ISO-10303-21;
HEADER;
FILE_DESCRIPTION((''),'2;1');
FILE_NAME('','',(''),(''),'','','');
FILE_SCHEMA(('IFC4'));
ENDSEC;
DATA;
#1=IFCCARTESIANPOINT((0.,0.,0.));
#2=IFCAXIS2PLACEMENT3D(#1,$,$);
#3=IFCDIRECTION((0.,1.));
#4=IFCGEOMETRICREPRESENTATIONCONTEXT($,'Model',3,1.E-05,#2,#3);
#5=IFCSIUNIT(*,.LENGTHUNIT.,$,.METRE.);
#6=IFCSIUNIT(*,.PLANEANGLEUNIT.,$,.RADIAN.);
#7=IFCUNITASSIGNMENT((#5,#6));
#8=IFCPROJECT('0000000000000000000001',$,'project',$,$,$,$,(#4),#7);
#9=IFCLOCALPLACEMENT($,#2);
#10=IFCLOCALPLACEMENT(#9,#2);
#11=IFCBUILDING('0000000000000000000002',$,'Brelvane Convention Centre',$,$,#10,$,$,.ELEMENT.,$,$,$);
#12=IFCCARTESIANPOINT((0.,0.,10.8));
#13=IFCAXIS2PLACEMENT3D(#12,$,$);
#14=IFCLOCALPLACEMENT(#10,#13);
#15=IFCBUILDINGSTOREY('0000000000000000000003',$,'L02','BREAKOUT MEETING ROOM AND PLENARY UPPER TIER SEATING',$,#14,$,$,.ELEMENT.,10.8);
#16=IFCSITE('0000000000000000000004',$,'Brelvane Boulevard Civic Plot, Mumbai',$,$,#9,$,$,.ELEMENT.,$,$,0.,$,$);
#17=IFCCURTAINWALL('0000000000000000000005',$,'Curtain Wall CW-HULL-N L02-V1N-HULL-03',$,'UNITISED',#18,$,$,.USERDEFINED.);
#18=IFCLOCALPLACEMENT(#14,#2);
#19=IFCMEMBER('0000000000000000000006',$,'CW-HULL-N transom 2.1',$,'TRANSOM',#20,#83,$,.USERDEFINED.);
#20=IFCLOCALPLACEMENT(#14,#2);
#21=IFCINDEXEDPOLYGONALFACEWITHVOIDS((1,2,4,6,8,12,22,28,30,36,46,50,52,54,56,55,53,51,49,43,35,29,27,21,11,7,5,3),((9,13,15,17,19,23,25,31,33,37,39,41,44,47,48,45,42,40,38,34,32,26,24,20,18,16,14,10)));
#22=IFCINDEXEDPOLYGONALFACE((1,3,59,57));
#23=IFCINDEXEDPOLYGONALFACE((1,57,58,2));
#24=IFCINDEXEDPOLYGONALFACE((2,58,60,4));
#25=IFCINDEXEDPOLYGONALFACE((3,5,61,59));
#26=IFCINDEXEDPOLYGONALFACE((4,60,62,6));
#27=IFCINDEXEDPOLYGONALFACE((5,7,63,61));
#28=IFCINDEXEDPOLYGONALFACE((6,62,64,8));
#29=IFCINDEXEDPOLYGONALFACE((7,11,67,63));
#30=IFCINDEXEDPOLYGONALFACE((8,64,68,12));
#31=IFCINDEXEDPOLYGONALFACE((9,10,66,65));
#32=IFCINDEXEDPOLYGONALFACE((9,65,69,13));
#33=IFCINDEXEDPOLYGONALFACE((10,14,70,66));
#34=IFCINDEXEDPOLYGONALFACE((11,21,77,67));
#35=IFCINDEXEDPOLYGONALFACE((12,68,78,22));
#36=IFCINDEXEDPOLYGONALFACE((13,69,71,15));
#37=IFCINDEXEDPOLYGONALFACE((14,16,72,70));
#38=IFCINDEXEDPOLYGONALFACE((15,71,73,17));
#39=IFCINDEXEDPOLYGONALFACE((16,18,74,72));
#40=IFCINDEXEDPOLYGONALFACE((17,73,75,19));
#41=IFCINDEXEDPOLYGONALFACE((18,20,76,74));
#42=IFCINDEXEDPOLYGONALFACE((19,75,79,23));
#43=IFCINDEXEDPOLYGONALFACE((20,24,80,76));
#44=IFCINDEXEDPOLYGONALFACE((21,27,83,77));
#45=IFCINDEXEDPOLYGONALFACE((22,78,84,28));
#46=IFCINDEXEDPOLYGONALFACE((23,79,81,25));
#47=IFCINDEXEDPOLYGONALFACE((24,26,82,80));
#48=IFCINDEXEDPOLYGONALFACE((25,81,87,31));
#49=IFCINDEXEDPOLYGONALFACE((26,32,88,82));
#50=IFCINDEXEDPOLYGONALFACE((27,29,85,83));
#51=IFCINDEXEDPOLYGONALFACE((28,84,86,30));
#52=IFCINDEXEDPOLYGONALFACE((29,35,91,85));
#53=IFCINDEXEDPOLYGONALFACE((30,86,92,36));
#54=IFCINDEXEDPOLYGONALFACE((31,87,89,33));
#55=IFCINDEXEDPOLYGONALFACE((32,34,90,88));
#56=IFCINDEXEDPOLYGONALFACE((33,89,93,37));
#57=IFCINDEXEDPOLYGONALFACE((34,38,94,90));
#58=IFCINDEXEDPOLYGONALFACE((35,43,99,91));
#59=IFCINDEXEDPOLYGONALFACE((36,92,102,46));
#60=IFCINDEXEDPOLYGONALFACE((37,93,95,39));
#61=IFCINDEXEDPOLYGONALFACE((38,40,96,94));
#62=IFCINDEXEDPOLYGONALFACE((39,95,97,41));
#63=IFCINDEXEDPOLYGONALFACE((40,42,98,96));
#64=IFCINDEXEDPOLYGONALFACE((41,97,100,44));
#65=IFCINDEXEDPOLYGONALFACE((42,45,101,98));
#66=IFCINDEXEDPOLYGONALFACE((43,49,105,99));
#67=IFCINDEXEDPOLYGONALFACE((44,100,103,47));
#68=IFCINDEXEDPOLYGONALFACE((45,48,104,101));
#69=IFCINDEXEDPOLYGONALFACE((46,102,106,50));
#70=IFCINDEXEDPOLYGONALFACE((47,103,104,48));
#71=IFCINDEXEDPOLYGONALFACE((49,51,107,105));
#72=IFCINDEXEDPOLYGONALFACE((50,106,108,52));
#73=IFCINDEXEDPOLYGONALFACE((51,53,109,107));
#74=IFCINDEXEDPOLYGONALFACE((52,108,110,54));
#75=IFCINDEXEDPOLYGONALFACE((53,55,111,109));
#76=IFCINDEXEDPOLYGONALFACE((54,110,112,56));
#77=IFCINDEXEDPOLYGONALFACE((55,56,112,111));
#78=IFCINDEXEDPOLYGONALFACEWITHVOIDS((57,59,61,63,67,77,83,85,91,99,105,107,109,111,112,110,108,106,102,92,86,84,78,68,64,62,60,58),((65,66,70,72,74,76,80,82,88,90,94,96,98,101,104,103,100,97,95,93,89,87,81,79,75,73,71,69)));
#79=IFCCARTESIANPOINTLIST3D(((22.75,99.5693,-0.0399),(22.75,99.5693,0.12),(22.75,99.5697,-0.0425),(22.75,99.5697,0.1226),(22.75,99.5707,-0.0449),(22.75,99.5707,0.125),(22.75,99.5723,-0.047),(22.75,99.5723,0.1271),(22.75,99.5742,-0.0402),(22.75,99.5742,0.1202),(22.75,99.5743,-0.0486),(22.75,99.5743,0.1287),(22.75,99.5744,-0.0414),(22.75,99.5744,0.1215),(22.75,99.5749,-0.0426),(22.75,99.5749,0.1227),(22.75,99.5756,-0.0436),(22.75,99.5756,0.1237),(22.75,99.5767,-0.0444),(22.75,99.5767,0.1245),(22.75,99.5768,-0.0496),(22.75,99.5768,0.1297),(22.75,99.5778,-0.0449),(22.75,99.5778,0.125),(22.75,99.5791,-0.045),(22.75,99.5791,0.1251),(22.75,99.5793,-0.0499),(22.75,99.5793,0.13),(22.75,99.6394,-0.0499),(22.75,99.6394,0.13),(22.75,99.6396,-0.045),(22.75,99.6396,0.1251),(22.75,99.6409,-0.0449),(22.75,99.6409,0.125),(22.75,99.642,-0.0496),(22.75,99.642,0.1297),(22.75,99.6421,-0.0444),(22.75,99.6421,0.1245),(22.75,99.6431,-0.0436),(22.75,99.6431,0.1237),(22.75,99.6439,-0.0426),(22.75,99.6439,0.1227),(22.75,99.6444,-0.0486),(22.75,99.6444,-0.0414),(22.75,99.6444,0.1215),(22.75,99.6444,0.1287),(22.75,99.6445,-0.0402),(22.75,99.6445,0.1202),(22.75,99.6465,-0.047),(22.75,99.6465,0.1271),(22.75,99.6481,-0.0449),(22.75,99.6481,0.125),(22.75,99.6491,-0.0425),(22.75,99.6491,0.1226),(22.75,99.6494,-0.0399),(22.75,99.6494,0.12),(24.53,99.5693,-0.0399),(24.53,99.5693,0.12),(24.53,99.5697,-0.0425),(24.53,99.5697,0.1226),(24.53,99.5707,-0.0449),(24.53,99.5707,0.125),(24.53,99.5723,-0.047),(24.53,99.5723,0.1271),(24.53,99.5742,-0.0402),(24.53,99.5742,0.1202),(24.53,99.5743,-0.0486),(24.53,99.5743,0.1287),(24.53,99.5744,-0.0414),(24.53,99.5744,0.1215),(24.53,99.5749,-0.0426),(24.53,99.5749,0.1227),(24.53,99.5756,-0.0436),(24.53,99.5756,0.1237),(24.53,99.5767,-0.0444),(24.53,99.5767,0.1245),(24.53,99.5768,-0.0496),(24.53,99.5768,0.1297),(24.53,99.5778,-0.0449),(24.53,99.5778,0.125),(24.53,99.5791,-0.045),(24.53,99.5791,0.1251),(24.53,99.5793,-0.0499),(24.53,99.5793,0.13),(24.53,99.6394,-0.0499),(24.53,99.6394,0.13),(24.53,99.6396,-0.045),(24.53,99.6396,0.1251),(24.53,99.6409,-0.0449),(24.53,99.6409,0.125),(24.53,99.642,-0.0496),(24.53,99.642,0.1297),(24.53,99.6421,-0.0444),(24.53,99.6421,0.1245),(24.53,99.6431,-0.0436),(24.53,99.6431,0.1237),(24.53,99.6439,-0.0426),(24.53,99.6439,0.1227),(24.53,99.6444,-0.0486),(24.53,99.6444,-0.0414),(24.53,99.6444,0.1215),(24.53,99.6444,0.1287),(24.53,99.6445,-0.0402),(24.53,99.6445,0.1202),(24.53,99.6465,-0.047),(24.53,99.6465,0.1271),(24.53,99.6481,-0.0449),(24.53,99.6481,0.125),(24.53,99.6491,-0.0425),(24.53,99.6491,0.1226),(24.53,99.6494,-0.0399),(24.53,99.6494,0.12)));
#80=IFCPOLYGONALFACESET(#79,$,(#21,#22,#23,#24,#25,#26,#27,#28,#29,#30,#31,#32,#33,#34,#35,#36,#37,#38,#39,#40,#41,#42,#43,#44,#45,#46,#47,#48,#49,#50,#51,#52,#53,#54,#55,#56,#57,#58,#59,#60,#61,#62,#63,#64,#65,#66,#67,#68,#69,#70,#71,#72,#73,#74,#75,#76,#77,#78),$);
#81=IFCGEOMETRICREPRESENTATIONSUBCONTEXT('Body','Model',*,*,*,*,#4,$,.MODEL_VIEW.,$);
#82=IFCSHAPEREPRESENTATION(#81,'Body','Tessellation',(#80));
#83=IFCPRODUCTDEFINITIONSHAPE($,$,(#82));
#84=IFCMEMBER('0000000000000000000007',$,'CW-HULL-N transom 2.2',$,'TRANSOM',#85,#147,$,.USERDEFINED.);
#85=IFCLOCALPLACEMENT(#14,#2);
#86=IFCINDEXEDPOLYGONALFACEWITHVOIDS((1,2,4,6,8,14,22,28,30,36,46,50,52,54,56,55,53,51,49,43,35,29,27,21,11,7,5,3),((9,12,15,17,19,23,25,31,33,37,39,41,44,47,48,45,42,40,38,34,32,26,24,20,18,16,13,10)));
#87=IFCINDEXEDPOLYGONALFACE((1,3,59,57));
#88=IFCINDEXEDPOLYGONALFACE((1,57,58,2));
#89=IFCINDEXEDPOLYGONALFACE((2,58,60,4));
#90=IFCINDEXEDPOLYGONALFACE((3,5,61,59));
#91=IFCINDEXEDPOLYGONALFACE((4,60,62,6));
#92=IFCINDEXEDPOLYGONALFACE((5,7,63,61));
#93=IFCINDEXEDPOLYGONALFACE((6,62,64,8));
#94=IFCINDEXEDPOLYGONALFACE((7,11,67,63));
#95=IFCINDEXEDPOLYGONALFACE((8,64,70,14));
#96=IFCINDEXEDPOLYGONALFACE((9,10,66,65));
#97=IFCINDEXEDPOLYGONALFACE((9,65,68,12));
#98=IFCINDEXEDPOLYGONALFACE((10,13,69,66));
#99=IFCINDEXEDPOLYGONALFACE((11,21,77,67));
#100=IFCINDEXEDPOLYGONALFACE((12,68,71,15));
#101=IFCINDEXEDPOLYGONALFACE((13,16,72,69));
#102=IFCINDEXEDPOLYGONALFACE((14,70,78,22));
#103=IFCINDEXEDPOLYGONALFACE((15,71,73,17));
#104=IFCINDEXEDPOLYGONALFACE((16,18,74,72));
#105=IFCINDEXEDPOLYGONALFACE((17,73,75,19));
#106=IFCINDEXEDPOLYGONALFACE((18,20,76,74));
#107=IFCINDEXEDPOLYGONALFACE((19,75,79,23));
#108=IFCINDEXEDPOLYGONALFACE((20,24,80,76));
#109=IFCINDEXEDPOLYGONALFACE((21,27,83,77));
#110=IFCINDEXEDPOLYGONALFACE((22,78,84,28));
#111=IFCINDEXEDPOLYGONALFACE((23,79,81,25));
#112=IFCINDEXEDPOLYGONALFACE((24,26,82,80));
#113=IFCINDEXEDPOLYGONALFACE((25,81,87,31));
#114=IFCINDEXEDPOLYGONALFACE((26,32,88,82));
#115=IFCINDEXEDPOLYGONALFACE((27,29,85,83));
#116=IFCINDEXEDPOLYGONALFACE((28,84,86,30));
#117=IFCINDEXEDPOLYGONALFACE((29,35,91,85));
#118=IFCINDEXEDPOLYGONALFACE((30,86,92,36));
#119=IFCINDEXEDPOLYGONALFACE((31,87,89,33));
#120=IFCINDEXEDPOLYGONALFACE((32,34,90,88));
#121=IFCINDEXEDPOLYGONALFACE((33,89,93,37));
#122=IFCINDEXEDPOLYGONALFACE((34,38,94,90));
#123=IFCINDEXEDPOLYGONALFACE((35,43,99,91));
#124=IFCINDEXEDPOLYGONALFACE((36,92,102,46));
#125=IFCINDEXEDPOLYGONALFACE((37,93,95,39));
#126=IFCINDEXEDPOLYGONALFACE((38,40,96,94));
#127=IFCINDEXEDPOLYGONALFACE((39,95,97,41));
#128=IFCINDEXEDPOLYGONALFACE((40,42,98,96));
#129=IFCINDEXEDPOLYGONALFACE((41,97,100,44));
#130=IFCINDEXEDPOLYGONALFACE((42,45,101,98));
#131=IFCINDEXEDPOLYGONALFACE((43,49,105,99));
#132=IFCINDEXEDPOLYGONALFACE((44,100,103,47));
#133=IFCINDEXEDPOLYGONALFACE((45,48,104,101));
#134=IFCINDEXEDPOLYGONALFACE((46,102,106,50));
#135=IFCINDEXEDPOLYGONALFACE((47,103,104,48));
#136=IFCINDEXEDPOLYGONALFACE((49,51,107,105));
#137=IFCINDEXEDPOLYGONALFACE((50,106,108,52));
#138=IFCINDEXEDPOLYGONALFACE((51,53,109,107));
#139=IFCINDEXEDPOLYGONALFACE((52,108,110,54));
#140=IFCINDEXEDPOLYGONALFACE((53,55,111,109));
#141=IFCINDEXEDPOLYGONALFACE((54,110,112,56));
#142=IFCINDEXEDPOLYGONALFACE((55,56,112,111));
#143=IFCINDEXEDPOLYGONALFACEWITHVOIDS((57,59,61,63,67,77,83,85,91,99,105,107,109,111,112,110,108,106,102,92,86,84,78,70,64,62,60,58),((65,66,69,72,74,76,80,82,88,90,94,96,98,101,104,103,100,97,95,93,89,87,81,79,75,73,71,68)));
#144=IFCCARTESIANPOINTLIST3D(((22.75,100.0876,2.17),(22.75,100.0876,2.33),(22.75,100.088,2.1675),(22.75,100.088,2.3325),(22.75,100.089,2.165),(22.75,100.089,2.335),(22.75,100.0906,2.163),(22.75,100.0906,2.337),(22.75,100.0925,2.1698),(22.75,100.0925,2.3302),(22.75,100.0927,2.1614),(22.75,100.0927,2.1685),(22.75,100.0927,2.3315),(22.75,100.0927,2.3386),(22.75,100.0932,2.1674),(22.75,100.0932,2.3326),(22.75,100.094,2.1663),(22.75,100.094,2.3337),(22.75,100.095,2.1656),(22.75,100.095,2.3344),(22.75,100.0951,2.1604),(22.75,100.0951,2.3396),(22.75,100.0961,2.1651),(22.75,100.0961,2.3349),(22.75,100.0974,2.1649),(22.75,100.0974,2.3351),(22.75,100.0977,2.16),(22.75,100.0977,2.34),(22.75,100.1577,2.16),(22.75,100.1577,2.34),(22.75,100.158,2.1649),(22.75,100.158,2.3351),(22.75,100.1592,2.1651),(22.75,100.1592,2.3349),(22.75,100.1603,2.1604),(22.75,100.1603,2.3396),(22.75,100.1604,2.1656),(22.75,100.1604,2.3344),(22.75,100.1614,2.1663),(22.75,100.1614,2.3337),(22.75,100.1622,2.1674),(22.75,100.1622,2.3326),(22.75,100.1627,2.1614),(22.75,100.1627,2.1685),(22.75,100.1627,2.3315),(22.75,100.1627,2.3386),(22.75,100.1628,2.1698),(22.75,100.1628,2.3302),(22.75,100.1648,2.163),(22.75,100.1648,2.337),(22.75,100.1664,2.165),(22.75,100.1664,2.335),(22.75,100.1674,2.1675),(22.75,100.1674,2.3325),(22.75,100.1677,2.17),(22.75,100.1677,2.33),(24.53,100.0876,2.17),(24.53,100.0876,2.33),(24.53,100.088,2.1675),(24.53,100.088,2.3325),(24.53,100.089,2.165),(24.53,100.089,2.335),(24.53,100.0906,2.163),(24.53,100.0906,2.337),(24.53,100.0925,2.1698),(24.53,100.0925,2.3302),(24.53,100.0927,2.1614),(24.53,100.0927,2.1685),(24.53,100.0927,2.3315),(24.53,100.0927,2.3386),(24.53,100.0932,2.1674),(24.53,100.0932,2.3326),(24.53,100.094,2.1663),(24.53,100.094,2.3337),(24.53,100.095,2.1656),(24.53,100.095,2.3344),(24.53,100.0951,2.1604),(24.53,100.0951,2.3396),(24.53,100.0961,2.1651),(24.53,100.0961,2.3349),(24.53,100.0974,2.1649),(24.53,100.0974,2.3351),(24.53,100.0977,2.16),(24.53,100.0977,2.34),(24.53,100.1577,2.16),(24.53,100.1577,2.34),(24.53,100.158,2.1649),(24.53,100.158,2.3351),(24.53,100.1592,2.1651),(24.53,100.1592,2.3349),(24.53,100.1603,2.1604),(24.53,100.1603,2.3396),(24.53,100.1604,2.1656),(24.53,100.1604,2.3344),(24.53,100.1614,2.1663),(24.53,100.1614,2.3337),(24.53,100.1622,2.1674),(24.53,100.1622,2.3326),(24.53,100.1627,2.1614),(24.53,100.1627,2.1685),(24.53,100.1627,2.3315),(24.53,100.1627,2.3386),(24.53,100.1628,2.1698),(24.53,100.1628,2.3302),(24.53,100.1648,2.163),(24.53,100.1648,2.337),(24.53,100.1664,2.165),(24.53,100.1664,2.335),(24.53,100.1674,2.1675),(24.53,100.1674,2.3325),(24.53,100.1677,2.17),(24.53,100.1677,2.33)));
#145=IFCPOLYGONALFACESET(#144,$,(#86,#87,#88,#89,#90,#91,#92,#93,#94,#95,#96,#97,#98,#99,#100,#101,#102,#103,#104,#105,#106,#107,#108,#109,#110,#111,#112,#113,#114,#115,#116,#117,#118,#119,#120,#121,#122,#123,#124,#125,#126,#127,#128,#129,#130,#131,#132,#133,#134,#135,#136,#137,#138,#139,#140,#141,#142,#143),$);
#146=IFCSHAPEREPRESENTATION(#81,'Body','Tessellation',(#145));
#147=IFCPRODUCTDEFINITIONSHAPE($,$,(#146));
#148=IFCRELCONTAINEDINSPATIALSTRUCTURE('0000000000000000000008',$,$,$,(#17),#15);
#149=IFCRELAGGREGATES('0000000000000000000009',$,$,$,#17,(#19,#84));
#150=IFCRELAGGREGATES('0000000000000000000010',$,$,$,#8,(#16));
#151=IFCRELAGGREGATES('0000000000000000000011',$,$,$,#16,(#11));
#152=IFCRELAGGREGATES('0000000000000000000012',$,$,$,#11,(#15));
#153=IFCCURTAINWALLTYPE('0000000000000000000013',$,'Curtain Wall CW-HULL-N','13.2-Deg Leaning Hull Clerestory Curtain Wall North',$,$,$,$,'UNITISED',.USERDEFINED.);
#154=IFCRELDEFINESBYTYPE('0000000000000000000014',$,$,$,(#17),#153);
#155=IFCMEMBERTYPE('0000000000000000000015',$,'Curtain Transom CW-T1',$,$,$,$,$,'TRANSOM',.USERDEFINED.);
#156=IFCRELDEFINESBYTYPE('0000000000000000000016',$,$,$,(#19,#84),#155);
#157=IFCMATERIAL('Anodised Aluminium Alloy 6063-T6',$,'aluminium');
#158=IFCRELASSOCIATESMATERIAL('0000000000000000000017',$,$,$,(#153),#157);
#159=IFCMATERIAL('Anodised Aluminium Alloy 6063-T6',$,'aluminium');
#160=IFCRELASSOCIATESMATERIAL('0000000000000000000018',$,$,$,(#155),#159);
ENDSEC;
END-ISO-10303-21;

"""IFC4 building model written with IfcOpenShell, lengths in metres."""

from ifc_helpers import new_model, si_unit, direction, frame, origin, origin_2d, place, context, subcontext, project, spatial, hollow_rectangle, extrude, material, material_profile, profile_set, type_object, element, aggregate, save


model = new_model("IFC4")

# Units and contexts
model_context = context("Model", 3, precision=1e-05, world=origin(), true_north=direction((0.0, 1.0)))
body_context = subcontext(model_context, "Body", "Model", "MODEL_VIEW")
ifc_project = project(units=[si_unit("LENGTHUNIT", "METRE"), si_unit("PLANEANGLEUNIT", "RADIAN")], contexts=[model_context])

# Site, building, storey
site_placement = place(None, origin())
site = spatial("IfcSite", under=ifc_project, at=site_placement, Name="Brelvane Boulevard Civic Plot, Mumbai", CompositionType="ELEMENT", RefElevation=0.0)
building_placement = place(site_placement, origin())
building = spatial("IfcBuilding", under=site, at=building_placement, Name="Brelvane Convention Centre", CompositionType="ELEMENT")
storey_placement = place(building_placement, frame((0.0, 0.0, 10.8)))
storey = spatial("IfcBuildingStorey", under=building, at=storey_placement, Name="L02", Description="BREAKOUT MEETING ROOM AND PLENARY UPPER TIER SEATING", CompositionType="ELEMENT", Elevation=10.8)

# Curtain wall
ifc_material_1 = material(Name="Anodised Aluminium Alloy 6063-T6", Category="aluminium")
curtain_wall_type_1 = type_object("IfcCurtainWallType", Name="Curtain Wall CW-HULL-N", Description="13.2-Deg Leaning Hull Clerestory Curtain Wall North", ElementType="UNITISED", PredefinedType="USERDEFINED", material=ifc_material_1)
curtain_wall_1_placement = place(storey_placement, origin())
curtain_wall_1 = element("IfcCurtainWall", 1, at=curtain_wall_1_placement, inside=storey, type_object=curtain_wall_type_1, Name="Curtain Wall CW-HULL-N L02-V1N-HULL-03", ObjectType="UNITISED", PredefinedType="USERDEFINED")

# Members
ifc_material_2 = material(Name="Anodised Aluminium Alloy 6063-T6", Category="aluminium")
ifc_material_profile_1 = material_profile(ifc_material_2, hollow_rectangle(XDim=0.0801, YDim=0.1799, WallThickness=0.0049, InnerFilletRadius=0.0049, OuterFilletRadius=0.01, at=origin_2d()), Name="ALU-T 180x80x5.0")
ifc_profile_set_1 = profile_set([ifc_material_profile_1], Name="Anodised Aluminium Alloy 6063-T6")
member_type_1 = type_object("IfcMemberType", Name="Curtain Transom CW-T1", ElementType="TRANSOM", PredefinedType="USERDEFINED", material=ifc_profile_set_1)
member_1_placement = place(storey_placement, frame((22.75, 99.6094, 0.04), z_axis=(1.0, 0.0, 0.0), x_axis=(0.0, 1.0, 0.0)))
member_1 = element("IfcMember", 2, at=member_1_placement, type_object=member_type_1, Name="CW-HULL-N transom 2.1", ObjectType="TRANSOM", PredefinedType="USERDEFINED", context=body_context, shape_type="SweptSolid", body=[
    extrude(hollow_rectangle(XDim=0.0801, YDim=0.1799, WallThickness=0.0049, InnerFilletRadius=0.0049, OuterFilletRadius=0.01, at=origin_2d()), origin(), (0.0, 0.0, 1.0), 1.78),
])
member_2_placement = place(storey_placement, frame((22.75, 100.1277, 2.25), z_axis=(1.0, 0.0, 0.0), x_axis=(0.0, 1.0, 0.0)))
member_2 = element("IfcMember", 3, at=member_2_placement, type_object=member_type_1, Name="CW-HULL-N transom 2.2", ObjectType="TRANSOM", PredefinedType="USERDEFINED", context=body_context, shape_type="SweptSolid", body=[
    extrude(hollow_rectangle(XDim=0.0801, YDim=0.1799, WallThickness=0.0049, InnerFilletRadius=0.0049, OuterFilletRadius=0.01, at=origin_2d()), origin(), (0.0, 0.0, 1.0), 1.78),
])

aggregate(curtain_wall_1, [member_1, member_2])

save(model, "model.ifc")
